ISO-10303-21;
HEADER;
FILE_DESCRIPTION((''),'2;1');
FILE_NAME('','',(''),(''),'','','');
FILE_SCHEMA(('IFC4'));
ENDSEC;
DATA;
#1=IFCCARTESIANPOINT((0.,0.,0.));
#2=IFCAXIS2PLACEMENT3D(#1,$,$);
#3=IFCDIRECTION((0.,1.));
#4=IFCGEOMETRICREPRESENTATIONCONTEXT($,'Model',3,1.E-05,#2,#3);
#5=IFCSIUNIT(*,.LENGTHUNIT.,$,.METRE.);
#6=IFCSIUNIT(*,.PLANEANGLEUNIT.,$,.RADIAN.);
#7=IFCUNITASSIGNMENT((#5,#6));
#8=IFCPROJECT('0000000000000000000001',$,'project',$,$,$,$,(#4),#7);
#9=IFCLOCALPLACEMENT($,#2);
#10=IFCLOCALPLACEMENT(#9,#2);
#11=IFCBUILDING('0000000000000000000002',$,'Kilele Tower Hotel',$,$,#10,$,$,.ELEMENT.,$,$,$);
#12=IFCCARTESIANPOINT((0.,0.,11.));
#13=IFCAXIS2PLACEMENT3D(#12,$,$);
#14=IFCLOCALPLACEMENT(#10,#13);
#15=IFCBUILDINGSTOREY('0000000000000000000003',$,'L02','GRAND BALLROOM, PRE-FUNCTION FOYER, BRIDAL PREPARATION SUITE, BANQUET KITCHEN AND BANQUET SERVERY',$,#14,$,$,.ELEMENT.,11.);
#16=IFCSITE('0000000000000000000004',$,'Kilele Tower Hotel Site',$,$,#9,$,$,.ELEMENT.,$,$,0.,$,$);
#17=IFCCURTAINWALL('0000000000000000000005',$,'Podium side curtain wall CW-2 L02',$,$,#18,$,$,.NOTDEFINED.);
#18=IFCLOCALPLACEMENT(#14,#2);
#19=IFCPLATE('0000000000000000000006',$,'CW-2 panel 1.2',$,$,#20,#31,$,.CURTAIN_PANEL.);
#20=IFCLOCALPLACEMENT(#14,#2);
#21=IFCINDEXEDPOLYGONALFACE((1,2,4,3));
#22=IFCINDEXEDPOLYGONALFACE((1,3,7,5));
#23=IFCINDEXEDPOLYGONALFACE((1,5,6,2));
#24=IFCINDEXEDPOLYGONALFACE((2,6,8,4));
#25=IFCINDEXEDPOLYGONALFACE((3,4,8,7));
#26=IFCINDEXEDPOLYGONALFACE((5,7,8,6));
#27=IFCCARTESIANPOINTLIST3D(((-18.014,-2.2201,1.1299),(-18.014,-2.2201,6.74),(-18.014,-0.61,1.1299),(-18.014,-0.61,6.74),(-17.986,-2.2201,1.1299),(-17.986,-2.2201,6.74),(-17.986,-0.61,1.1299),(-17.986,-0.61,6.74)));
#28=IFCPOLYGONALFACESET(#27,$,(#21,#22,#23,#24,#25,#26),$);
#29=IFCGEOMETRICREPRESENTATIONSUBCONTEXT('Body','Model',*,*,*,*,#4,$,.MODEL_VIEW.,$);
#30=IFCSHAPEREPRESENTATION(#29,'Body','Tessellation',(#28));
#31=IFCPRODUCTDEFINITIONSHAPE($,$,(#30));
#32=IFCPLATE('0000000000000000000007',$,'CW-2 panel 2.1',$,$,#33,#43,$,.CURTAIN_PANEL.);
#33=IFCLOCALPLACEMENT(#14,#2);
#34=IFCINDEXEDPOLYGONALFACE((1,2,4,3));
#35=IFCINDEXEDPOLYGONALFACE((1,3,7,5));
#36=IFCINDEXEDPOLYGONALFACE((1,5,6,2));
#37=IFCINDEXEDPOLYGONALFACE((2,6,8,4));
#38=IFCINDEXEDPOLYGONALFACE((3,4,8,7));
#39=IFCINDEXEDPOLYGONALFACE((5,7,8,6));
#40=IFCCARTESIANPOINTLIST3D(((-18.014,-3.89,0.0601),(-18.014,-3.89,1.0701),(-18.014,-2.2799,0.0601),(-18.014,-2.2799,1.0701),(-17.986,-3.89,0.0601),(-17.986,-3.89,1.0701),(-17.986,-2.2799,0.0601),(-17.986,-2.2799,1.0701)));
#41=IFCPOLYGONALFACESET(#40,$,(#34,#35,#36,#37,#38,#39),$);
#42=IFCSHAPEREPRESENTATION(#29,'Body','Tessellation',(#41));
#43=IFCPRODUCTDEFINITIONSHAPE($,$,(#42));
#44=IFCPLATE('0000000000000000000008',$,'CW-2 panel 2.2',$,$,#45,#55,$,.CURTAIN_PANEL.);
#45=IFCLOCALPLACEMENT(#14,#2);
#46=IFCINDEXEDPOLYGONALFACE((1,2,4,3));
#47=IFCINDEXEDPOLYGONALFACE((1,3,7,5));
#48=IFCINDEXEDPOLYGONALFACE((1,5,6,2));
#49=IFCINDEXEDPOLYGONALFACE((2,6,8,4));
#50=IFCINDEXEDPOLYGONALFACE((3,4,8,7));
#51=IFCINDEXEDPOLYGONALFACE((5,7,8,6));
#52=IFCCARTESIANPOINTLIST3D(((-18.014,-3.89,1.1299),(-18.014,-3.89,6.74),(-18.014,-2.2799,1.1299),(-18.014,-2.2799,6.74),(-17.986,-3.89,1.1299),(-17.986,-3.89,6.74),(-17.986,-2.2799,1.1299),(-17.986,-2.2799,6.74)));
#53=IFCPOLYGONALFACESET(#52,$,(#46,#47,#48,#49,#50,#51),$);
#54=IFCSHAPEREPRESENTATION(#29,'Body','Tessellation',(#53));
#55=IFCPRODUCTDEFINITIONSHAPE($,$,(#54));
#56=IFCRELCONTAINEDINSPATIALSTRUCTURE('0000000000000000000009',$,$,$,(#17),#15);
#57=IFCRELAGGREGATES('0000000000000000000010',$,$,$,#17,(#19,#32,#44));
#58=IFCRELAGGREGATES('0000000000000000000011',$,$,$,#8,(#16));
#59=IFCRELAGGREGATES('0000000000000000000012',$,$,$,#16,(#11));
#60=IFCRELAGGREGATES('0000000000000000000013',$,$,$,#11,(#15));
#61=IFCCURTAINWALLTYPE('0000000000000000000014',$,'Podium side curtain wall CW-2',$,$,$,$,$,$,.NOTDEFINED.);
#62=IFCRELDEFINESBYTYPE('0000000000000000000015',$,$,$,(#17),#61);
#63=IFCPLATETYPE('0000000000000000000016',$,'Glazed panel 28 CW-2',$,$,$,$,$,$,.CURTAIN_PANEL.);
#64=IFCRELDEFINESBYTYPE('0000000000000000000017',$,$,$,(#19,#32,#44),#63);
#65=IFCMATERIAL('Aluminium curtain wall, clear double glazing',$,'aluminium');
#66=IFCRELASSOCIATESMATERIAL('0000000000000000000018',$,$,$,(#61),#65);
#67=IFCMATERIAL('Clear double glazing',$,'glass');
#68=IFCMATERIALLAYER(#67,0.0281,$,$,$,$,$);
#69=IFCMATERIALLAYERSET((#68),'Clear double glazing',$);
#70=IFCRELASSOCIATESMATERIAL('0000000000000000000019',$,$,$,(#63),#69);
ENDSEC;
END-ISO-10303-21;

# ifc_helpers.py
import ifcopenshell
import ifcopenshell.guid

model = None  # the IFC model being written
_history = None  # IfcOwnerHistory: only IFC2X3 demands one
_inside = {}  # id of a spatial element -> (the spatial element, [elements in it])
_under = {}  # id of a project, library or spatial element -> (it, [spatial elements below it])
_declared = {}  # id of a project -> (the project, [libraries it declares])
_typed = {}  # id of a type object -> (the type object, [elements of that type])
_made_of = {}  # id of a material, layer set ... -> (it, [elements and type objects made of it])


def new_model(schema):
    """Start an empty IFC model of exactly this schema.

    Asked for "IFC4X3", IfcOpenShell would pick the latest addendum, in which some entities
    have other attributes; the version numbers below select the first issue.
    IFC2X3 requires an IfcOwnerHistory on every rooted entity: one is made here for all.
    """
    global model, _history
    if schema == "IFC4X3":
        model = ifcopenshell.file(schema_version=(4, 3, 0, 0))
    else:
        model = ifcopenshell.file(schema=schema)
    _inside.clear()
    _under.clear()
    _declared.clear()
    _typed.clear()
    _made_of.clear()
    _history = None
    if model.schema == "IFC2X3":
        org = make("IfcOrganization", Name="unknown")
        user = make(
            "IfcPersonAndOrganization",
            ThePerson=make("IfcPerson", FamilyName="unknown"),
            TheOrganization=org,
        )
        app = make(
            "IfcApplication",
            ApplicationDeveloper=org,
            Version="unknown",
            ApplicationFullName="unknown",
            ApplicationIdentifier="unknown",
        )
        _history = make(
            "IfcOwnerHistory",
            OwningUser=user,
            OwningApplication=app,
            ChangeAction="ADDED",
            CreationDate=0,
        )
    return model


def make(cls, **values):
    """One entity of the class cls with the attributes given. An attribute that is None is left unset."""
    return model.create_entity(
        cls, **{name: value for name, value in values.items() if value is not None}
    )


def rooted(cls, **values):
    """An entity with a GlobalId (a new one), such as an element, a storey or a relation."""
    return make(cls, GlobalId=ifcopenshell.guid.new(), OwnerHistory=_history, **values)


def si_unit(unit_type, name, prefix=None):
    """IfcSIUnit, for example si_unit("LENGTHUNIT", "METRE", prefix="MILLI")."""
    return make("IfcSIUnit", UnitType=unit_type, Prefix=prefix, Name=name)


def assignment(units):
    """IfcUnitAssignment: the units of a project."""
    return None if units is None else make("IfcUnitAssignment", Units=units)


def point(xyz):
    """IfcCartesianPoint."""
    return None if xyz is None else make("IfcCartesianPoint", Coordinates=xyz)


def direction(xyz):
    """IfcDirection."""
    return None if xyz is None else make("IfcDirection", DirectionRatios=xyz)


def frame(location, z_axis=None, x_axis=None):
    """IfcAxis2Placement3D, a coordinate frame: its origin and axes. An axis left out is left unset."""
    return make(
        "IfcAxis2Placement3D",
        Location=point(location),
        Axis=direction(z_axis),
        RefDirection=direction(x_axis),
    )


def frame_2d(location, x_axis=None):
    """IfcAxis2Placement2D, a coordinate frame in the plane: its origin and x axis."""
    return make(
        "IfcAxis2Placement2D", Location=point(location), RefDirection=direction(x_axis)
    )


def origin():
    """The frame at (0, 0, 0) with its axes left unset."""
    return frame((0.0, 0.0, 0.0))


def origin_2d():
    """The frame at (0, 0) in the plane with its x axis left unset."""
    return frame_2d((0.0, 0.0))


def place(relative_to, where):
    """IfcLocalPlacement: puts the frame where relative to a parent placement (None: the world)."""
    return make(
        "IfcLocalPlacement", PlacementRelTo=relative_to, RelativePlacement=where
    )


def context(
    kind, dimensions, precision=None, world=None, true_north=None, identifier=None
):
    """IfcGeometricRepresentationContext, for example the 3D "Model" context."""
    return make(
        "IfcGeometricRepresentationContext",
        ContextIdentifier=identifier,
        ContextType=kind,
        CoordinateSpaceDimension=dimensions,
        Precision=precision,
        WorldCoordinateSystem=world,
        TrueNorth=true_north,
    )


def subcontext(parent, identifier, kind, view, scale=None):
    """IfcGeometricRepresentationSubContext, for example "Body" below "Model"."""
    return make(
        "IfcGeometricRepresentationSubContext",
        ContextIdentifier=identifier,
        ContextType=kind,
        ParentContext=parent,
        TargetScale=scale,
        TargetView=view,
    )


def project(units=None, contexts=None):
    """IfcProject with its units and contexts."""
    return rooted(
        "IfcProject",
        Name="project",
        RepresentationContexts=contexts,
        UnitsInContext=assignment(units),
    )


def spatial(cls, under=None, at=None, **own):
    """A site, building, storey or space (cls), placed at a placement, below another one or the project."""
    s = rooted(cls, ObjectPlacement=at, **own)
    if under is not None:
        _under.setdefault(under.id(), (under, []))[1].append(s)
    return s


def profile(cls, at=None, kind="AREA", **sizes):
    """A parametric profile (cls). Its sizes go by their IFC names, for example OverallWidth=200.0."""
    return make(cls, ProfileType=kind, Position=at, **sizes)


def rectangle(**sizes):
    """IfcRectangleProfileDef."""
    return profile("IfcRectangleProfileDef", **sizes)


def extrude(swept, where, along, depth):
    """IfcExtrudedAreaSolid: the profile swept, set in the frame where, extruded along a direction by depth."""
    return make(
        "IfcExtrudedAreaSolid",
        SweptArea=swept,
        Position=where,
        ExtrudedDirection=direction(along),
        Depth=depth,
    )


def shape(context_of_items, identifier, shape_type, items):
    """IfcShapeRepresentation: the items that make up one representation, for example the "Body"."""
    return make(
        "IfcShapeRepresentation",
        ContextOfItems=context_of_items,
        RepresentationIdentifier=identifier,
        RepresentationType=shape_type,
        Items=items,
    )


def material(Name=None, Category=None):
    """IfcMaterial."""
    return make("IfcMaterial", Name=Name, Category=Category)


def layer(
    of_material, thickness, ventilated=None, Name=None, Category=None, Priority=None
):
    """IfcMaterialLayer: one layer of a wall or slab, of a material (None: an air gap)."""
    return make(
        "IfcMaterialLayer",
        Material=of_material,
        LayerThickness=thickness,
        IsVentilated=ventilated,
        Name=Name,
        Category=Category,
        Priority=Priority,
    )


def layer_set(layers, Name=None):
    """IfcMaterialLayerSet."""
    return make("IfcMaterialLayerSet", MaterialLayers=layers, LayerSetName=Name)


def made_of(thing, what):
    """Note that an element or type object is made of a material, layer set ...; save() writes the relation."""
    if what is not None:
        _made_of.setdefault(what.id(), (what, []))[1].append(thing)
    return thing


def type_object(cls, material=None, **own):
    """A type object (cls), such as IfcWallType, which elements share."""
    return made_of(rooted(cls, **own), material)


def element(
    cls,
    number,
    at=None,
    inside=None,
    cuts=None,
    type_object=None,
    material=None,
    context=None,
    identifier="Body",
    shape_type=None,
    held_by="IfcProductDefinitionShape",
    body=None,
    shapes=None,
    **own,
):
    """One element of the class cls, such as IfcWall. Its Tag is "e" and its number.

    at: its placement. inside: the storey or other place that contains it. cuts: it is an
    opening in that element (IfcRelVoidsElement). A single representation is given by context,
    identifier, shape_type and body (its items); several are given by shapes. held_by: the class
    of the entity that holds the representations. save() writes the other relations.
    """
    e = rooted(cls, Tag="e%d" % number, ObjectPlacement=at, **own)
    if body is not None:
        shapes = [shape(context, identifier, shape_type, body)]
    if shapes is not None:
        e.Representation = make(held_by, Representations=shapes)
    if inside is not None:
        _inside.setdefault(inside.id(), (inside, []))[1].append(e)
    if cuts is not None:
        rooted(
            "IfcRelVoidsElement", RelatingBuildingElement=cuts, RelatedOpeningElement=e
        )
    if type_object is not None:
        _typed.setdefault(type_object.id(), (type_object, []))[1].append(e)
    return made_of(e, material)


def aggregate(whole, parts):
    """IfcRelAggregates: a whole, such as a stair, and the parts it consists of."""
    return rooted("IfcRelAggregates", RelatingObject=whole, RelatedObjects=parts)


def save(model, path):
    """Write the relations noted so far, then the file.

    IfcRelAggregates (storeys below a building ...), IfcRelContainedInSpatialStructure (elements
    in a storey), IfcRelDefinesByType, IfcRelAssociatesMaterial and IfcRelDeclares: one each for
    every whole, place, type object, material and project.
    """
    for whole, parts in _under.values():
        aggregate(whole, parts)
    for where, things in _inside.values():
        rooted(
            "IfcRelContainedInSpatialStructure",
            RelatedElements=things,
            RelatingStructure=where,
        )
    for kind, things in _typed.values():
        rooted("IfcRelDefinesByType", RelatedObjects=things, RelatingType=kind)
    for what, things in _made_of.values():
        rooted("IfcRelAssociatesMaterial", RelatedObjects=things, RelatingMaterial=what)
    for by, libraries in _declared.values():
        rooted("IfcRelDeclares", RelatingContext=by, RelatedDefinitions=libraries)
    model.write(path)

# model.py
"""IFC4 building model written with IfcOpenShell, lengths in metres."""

from ifc_helpers import new_model, si_unit, direction, frame, origin, origin_2d, place, context, subcontext, project, spatial, rectangle, extrude, material, layer, layer_set, type_object, element, aggregate, save


model = new_model("IFC4")

# Units and contexts
model_context = context("Model", 3, precision=1e-05, world=origin(), true_north=direction((0.0, 1.0)))
body_context = subcontext(model_context, "Body", "Model", "MODEL_VIEW")
ifc_project = project(units=[si_unit("LENGTHUNIT", "METRE"), si_unit("PLANEANGLEUNIT", "RADIAN")], contexts=[model_context])

# Site, building, storey
site_placement = place(None, origin())
site = spatial("IfcSite", under=ifc_project, at=site_placement, Name="Kilele Tower Hotel Site", CompositionType="ELEMENT", RefElevation=0.0)
building_placement = place(site_placement, origin())
building = spatial("IfcBuilding", under=site, at=building_placement, Name="Kilele Tower Hotel", CompositionType="ELEMENT")
storey_placement = place(building_placement, frame((0.0, 0.0, 11.0)))
storey = spatial("IfcBuildingStorey", under=building, at=storey_placement, Name="L02", Description="GRAND BALLROOM, PRE-FUNCTION FOYER, BRIDAL PREPARATION SUITE, BANQUET KITCHEN AND BANQUET SERVERY", CompositionType="ELEMENT", Elevation=11.0)

# Curtain wall
ifc_material_1 = material(Name="Aluminium curtain wall, clear double glazing", Category="aluminium")
curtain_wall_type_1 = type_object("IfcCurtainWallType", Name="Podium side curtain wall CW-2", PredefinedType="NOTDEFINED", material=ifc_material_1)
curtain_wall_1_placement = place(storey_placement, origin())
curtain_wall_1 = element("IfcCurtainWall", 1, at=curtain_wall_1_placement, inside=storey, type_object=curtain_wall_type_1, Name="Podium side curtain wall CW-2 L02", PredefinedType="NOTDEFINED")

# Plates
ifc_material_2 = material(Name="Clear double glazing", Category="glass")
ifc_layer_1 = layer(ifc_material_2, 0.0281)
ifc_layer_set_1 = layer_set([ifc_layer_1], Name="Clear double glazing")
plate_type_1 = type_object("IfcPlateType", Name="Glazed panel 28 CW-2", PredefinedType="CURTAIN_PANEL", material=ifc_layer_set_1)
plate_1_placement = place(storey_placement, frame((-18.0, -1.415, 1.1299), z_axis=(0.0, 0.0, 1.0), x_axis=(0.0, -1.0, 0.0)))
plate_1 = element("IfcPlate", 2, at=plate_1_placement, type_object=plate_type_1, Name="CW-2 panel 1.2", PredefinedType="CURTAIN_PANEL", context=body_context, shape_type="SweptSolid", body=[
    extrude(rectangle(XDim=1.6101, YDim=0.0281, at=origin_2d()), origin(), (0.0, 0.0, 1.0), 5.6101),
])
plate_2_placement = place(storey_placement, frame((-18.0, -3.085, 0.0601), z_axis=(0.0, 0.0, 1.0), x_axis=(0.0, -1.0, 0.0)))
plate_2 = element("IfcPlate", 3, at=plate_2_placement, type_object=plate_type_1, Name="CW-2 panel 2.1", PredefinedType="CURTAIN_PANEL", context=body_context, shape_type="SweptSolid", body=[
    extrude(rectangle(XDim=1.6101, YDim=0.0281, at=origin_2d()), origin(), (0.0, 0.0, 1.0), 1.01),
])
plate_3_placement = place(storey_placement, frame((-18.0, -3.085, 1.1299), z_axis=(0.0, 0.0, 1.0), x_axis=(0.0, -1.0, 0.0)))
plate_3 = element("IfcPlate", 4, at=plate_3_placement, type_object=plate_type_1, Name="CW-2 panel 2.2", PredefinedType="CURTAIN_PANEL", context=body_context, shape_type="SweptSolid", body=[
    extrude(rectangle(XDim=1.6101, YDim=0.0281, at=origin_2d()), origin(), (0.0, 0.0, 1.0), 5.6101),
])
aggregate(curtain_wall_1, [plate_1, plate_2, plate_3])

save(model, "model.ifc")
